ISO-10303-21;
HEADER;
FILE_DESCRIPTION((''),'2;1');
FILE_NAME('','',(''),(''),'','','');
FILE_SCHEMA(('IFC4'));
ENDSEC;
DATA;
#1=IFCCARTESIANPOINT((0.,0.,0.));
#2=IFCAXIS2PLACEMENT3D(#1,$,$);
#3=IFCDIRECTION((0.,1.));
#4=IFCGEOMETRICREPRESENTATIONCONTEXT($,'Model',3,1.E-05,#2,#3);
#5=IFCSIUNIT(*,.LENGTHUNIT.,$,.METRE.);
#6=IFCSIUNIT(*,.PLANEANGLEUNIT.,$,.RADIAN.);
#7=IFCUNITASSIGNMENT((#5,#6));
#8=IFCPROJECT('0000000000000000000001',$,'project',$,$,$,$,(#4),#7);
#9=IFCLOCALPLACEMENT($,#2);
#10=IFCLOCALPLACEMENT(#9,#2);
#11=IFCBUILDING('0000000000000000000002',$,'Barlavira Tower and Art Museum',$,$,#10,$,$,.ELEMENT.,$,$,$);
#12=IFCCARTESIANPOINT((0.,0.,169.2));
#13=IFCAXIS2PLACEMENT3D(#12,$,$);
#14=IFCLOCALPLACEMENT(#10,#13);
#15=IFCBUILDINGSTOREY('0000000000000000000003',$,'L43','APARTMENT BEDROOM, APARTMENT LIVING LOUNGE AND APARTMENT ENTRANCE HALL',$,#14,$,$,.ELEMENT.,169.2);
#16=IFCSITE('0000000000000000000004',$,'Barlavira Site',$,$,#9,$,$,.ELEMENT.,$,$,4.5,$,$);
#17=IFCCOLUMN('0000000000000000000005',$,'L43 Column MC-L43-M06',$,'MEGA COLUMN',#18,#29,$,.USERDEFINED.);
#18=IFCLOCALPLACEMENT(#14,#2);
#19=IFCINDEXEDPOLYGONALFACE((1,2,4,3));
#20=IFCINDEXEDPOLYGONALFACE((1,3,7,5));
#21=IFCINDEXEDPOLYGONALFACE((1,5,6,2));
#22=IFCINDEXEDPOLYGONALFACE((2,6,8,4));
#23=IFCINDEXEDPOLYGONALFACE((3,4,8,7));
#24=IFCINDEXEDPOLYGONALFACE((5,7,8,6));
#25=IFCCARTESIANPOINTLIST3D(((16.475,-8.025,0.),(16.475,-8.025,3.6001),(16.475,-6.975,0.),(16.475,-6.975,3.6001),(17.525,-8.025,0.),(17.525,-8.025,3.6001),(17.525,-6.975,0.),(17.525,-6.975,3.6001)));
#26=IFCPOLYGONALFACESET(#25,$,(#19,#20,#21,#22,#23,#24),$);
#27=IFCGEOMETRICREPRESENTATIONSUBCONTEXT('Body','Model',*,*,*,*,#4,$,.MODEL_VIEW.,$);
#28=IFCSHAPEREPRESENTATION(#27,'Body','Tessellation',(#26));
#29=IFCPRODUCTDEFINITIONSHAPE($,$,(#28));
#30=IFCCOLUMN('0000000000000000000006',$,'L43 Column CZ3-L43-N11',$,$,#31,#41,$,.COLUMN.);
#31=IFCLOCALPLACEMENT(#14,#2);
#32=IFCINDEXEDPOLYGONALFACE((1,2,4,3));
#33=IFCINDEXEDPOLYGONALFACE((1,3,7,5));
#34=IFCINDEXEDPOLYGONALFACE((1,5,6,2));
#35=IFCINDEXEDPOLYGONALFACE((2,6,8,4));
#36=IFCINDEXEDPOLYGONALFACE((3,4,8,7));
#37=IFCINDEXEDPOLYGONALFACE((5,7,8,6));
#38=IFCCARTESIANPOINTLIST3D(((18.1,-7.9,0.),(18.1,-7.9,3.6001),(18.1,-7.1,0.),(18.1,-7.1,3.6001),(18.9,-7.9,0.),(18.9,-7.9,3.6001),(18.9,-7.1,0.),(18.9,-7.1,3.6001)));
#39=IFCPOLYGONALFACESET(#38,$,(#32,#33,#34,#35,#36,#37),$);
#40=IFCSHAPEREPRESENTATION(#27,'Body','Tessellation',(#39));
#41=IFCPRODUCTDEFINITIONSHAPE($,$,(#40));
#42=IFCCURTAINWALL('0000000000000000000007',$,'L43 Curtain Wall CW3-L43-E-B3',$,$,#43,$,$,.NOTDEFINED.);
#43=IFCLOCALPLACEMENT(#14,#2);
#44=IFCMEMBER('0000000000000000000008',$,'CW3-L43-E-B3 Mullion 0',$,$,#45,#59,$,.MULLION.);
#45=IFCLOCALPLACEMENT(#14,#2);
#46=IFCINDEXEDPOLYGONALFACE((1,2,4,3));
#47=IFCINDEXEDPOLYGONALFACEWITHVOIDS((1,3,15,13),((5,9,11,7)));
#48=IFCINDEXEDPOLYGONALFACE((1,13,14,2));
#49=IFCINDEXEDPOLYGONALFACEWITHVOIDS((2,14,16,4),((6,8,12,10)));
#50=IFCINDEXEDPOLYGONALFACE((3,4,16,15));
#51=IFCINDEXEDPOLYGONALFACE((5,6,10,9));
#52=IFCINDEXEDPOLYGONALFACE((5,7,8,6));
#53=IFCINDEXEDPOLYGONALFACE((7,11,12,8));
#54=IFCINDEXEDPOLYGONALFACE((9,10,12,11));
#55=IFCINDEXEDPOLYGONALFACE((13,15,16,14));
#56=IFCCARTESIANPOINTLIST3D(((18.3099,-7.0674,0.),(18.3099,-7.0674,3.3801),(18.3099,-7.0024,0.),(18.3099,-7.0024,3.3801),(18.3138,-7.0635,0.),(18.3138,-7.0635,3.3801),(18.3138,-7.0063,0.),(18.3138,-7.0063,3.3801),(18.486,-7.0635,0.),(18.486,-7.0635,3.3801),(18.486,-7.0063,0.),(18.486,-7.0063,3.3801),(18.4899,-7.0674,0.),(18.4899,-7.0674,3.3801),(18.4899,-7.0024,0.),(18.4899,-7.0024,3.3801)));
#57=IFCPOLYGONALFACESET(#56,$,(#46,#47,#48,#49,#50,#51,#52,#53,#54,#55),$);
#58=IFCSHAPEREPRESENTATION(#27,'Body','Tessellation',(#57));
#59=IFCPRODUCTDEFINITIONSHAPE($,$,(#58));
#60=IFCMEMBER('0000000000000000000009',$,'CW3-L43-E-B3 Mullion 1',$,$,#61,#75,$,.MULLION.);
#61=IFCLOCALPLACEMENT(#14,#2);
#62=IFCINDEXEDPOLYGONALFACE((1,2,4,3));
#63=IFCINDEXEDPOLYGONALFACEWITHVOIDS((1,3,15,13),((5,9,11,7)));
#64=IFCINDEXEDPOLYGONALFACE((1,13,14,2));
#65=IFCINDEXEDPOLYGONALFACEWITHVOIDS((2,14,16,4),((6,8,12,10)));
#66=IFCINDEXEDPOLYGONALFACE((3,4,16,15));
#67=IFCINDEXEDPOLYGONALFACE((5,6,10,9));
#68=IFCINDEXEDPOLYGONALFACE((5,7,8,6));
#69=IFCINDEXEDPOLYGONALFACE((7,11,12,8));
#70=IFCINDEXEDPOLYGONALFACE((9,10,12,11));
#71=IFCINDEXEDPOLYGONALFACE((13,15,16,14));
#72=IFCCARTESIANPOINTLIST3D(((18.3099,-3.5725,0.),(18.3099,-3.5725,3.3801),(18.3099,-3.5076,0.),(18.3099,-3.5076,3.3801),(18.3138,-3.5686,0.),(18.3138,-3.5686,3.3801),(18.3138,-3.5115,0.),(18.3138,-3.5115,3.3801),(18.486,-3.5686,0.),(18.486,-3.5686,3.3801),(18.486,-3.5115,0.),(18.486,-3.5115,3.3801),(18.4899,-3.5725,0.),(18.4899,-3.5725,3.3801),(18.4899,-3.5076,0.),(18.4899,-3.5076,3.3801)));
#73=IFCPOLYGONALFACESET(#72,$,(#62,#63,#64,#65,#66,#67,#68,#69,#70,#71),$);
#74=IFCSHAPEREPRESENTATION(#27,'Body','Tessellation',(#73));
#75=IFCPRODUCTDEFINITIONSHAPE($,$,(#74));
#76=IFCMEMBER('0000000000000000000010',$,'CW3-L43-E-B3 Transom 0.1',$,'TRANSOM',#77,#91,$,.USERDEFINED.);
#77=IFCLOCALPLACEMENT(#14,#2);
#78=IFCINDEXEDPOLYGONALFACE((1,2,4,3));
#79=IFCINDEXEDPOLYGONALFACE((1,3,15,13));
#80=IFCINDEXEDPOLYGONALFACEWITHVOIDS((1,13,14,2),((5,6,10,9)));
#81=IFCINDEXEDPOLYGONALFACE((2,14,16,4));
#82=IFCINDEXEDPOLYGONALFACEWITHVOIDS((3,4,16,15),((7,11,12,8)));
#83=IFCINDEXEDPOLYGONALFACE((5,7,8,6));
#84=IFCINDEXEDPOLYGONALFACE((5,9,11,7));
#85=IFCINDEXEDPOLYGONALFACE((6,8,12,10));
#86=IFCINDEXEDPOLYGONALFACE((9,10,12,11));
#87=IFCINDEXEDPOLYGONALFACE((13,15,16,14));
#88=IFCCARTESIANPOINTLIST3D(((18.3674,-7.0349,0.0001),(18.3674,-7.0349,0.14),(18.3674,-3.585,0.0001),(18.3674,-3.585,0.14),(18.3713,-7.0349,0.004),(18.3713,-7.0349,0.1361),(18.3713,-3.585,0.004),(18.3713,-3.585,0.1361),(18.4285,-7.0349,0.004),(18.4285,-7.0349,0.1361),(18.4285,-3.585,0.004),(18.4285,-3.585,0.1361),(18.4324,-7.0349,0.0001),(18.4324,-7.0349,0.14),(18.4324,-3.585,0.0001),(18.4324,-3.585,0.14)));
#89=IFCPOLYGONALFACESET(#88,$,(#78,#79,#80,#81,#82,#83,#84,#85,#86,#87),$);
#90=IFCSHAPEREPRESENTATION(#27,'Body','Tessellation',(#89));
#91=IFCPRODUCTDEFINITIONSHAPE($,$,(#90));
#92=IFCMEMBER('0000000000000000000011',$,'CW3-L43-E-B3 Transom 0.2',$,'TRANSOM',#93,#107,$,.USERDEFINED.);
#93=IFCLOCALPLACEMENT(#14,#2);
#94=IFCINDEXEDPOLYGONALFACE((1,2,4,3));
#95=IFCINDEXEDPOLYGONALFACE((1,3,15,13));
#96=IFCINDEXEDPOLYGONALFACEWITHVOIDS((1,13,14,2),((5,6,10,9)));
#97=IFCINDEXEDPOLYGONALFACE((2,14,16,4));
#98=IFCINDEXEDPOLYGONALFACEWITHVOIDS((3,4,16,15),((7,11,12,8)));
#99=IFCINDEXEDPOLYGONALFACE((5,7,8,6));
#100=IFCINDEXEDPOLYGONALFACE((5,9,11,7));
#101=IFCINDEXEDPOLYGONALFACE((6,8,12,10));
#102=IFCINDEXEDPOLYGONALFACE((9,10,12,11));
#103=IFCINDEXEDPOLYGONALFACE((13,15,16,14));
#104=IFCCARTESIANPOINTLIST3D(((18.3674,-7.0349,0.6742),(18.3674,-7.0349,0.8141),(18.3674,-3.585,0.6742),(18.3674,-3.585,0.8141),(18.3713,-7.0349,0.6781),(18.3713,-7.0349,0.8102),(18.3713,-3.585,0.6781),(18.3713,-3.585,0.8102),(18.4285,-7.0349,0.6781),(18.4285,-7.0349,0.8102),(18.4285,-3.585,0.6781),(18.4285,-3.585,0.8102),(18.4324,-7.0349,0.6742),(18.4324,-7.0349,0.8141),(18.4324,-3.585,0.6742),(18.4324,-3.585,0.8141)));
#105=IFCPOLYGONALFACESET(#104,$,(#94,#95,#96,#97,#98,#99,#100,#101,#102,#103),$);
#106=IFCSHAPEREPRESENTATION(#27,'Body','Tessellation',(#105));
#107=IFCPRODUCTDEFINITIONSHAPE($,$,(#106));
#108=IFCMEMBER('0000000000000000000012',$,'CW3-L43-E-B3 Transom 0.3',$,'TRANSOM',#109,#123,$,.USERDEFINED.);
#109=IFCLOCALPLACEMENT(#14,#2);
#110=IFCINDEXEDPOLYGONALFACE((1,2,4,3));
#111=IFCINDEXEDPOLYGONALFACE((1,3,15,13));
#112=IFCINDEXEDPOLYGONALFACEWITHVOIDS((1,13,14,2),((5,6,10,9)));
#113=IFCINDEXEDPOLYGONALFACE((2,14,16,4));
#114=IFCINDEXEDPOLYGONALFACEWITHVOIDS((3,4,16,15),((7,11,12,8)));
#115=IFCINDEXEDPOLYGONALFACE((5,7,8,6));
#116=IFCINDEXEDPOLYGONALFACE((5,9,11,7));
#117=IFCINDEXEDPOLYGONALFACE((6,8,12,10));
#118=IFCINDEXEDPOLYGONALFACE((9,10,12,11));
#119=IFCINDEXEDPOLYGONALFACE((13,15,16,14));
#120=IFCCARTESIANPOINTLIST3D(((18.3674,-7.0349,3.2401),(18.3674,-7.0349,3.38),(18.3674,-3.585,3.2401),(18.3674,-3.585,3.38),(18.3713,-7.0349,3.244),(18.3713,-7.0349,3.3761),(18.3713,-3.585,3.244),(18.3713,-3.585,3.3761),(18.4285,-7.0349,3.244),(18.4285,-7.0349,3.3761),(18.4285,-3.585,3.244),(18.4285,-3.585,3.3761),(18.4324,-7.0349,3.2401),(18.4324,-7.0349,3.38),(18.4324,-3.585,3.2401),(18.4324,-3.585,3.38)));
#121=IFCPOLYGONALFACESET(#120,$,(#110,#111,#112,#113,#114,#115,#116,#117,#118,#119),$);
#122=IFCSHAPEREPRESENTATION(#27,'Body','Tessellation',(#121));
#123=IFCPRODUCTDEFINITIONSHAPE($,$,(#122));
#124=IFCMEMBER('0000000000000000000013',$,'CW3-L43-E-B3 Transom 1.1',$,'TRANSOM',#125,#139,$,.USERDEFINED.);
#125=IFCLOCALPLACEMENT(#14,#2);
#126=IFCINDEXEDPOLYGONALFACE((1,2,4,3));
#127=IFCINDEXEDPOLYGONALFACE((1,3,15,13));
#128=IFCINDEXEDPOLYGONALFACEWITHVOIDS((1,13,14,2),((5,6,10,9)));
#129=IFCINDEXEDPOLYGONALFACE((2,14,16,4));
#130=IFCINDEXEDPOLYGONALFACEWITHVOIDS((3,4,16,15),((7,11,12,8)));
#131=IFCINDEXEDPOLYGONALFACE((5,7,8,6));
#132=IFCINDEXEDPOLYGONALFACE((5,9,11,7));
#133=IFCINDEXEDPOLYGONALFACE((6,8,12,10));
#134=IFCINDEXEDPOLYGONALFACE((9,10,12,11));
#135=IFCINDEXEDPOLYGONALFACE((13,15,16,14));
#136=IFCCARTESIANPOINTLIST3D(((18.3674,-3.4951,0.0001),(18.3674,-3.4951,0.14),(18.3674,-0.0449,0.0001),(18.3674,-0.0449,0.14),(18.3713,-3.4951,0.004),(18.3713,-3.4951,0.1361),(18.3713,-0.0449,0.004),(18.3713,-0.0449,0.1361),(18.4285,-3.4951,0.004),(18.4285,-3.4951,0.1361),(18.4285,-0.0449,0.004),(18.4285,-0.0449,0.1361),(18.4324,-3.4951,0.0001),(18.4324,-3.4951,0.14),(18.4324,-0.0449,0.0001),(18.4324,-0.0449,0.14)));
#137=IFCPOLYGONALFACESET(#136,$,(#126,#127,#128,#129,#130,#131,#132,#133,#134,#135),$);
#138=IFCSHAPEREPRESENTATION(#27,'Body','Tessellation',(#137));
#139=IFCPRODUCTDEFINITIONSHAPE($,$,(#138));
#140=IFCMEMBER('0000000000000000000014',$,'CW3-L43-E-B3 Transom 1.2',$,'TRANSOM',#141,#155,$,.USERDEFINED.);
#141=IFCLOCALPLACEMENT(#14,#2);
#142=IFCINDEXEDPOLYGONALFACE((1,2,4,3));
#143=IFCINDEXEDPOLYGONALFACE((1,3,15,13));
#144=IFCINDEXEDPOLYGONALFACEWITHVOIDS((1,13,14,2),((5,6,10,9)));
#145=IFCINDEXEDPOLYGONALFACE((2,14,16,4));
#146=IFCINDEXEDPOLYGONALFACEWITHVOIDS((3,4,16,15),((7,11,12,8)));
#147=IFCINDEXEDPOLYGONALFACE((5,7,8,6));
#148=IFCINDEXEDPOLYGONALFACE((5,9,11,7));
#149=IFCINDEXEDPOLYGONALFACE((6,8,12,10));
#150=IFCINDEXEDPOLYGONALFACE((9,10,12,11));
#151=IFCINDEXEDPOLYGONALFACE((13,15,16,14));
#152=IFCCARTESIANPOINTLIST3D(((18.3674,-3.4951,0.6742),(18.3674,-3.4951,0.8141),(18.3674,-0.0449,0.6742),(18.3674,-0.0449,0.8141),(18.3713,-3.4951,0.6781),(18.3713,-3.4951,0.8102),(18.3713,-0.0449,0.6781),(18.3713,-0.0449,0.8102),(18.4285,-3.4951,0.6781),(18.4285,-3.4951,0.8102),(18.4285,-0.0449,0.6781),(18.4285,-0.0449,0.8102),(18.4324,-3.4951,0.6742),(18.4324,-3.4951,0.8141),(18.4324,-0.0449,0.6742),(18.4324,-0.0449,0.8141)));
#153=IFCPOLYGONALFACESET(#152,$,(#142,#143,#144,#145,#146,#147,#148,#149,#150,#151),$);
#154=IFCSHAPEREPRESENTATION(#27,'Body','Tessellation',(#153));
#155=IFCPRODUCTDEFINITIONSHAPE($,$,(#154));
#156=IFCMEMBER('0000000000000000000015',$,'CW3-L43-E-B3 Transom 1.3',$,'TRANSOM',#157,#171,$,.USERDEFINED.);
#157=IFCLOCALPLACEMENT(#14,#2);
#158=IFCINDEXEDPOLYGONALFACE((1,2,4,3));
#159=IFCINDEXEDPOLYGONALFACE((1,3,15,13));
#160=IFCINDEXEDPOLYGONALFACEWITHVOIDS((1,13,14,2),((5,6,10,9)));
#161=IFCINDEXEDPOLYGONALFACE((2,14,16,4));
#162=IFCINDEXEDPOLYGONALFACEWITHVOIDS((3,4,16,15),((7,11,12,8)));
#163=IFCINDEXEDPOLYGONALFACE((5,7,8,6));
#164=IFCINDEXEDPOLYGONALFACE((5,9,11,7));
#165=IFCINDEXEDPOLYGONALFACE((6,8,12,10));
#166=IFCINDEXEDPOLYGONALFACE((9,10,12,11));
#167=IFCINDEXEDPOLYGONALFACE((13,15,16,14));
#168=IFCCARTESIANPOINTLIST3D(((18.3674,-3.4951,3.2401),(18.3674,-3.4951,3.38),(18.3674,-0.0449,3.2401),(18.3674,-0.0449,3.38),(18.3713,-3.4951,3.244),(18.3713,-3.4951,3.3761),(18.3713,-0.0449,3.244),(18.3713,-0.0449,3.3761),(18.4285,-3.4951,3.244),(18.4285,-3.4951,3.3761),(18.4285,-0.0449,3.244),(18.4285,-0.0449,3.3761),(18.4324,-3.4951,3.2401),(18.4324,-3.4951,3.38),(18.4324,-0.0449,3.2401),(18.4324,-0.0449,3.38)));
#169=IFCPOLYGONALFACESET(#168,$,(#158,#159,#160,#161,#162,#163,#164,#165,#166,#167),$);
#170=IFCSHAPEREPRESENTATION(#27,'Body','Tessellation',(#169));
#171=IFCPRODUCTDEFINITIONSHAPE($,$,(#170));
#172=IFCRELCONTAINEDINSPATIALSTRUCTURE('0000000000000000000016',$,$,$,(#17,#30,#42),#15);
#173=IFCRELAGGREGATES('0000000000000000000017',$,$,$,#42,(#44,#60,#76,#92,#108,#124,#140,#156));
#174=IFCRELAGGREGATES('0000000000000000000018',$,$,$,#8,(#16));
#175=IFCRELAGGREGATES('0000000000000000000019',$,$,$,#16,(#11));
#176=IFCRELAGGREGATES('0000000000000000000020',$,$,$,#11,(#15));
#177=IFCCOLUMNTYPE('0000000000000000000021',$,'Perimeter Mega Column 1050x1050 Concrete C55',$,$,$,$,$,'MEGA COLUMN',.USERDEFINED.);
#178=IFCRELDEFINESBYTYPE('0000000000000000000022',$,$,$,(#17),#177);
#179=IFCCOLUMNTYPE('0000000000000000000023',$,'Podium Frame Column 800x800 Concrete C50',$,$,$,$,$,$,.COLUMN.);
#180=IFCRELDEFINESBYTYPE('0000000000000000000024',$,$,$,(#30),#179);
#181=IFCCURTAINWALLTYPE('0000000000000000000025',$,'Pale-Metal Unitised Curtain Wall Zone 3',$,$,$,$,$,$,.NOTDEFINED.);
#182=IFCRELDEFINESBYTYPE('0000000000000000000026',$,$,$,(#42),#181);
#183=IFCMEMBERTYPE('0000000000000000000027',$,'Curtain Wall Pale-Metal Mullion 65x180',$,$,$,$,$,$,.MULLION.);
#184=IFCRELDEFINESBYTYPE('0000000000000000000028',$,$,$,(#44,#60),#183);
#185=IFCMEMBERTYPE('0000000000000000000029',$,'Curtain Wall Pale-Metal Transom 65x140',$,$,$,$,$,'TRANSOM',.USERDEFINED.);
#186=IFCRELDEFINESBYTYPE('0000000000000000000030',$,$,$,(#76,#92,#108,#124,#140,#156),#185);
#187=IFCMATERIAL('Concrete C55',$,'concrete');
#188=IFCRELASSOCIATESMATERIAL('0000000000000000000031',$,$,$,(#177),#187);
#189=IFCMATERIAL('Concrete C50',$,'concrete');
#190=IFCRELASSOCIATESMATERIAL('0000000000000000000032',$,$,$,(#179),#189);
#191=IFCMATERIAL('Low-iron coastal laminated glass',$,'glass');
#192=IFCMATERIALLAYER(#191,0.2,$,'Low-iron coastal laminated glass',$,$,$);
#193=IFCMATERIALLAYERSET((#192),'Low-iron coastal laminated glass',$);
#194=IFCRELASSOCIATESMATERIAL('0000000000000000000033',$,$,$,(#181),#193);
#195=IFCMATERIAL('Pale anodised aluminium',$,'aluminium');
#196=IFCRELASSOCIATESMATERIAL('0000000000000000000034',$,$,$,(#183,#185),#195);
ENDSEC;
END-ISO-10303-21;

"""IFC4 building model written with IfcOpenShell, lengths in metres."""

from ifc_helpers import new_model, si_unit, direction, frame, origin, origin_2d, place, context, subcontext, project, spatial, rectangle, hollow_rectangle, extrude, material, layer, layer_set, material_profile, profile_set, type_object, element, aggregate, save


model = new_model("IFC4")

# Units and contexts
model_context = context("Model", 3, precision=1e-05, world=origin(), true_north=direction((0.0, 1.0)))
body_context = subcontext(model_context, "Body", "Model", "MODEL_VIEW")
ifc_project = project(units=[si_unit("LENGTHUNIT", "METRE"), si_unit("PLANEANGLEUNIT", "RADIAN")], contexts=[model_context])

# Site, building, storey
site_placement = place(None, origin())
site = spatial("IfcSite", under=ifc_project, at=site_placement, Name="Barlavira Site", CompositionType="ELEMENT", RefElevation=4.5)
building_placement = place(site_placement, origin())
building = spatial("IfcBuilding", under=site, at=building_placement, Name="Barlavira Tower and Art Museum", CompositionType="ELEMENT")
storey_placement = place(building_placement, frame((0.0, 0.0, 169.2)))
storey = spatial("IfcBuildingStorey", under=building, at=storey_placement, Name="L43", Description="APARTMENT BEDROOM, APARTMENT LIVING LOUNGE AND APARTMENT ENTRANCE HALL", CompositionType="ELEMENT", Elevation=169.2)

# Columns
ifc_material_1 = material(Name="Concrete C55", Category="concrete")
ifc_material_profile_1 = material_profile(ifc_material_1, rectangle(XDim=1.05, YDim=1.05, at=origin_2d()), Name="RC-COL 1050x1050")
ifc_profile_set_1 = profile_set([ifc_material_profile_1], Name="Concrete C55")
column_type_1 = type_object("IfcColumnType", Name="Perimeter Mega Column 1050x1050 Concrete C55", ElementType="MEGA COLUMN", PredefinedType="USERDEFINED", material=ifc_profile_set_1)
column_1_placement = place(storey_placement, frame((17.0, -7.5, 0.0), z_axis=(0.0, 0.0, 1.0), x_axis=(1.0, 0.0, 0.0)))
element("IfcColumn", 1, at=column_1_placement, inside=storey, type_object=column_type_1, Name="L43 Column MC-L43-M06", ObjectType="MEGA COLUMN", PredefinedType="USERDEFINED", context=body_context, shape_type="SweptSolid", body=[
    extrude(rectangle(XDim=1.05, YDim=1.05, at=origin_2d()), origin(), (0.0, 0.0, 1.0), 3.6001),
])
ifc_material_2 = material(Name="Concrete C50", Category="concrete")
ifc_material_profile_2 = material_profile(ifc_material_2, rectangle(XDim=0.8, YDim=0.8, at=origin_2d()), Name="RC-COL 800x800")
ifc_profile_set_2 = profile_set([ifc_material_profile_2], Name="Concrete C50")
column_type_2 = type_object("IfcColumnType", Name="Podium Frame Column 800x800 Concrete C50", PredefinedType="COLUMN", material=ifc_profile_set_2)
column_2_placement = place(storey_placement, frame((18.5, -7.5, 0.0), z_axis=(0.0, 0.0, 1.0), x_axis=(1.0, 0.0, 0.0)))
element("IfcColumn", 2, at=column_2_placement, inside=storey, type_object=column_type_2, Name="L43 Column CZ3-L43-N11", PredefinedType="COLUMN", context=body_context, shape_type="SweptSolid", body=[
    extrude(rectangle(XDim=0.8, YDim=0.8, at=origin_2d()), origin(), (0.0, 0.0, 1.0), 3.6001),
])

# Curtain wall, members
ifc_material_3 = material(Name="Low-iron coastal laminated glass", Category="glass")
ifc_layer_1 = layer(ifc_material_3, 0.2, Name="Low-iron coastal laminated glass")
ifc_layer_set_1 = layer_set([ifc_layer_1], Name="Low-iron coastal laminated glass")
curtain_wall_type = type_object("IfcCurtainWallType", Name="Pale-Metal Unitised Curtain Wall Zone 3", PredefinedType="NOTDEFINED", material=ifc_layer_set_1)
curtain_wall_placement = place(storey_placement, origin())
curtain_wall = element("IfcCurtainWall", 3, at=curtain_wall_placement, inside=storey, type_object=curtain_wall_type, Name="L43 Curtain Wall CW3-L43-E-B3", PredefinedType="NOTDEFINED")
ifc_material_4 = material(Name="Pale anodised aluminium", Category="aluminium")
ifc_material_profile_3 = material_profile(ifc_material_4, hollow_rectangle(XDim=0.0649, YDim=0.1799, WallThickness=0.0039, at=origin_2d()), Name="ALU-MULL 65x180x4")
ifc_profile_set_3 = profile_set([ifc_material_profile_3], Name="Pale anodised aluminium")
member_type_1 = type_object("IfcMemberType", Name="Curtain Wall Pale-Metal Mullion 65x180", PredefinedType="MULLION", material=ifc_profile_set_3)
member_1_placement = place(storey_placement, frame((18.3999, -7.0349, 0.0), z_axis=(0.0, 0.0, 1.0), x_axis=(0.0, 1.0, 0.0)))
member_1 = element("IfcMember", 4, at=member_1_placement, type_object=member_type_1, Name="CW3-L43-E-B3 Mullion 0", PredefinedType="MULLION", context=body_context, shape_type="SweptSolid", body=[
    extrude(hollow_rectangle(XDim=0.0649, YDim=0.1799, WallThickness=0.0039, at=origin_2d()), origin(), (0.0, 0.0, 1.0), 3.3801),
])
member_2_placement = place(storey_placement, frame((18.3999, -3.54, 0.0), z_axis=(0.0, 0.0, 1.0), x_axis=(0.0, 1.0, 0.0)))
member_2 = element("IfcMember", 5, at=member_2_placement, type_object=member_type_1, Name="CW3-L43-E-B3 Mullion 1", PredefinedType="MULLION", context=body_context, shape_type="SweptSolid", body=[
    extrude(hollow_rectangle(XDim=0.0649, YDim=0.1799, WallThickness=0.0039, at=origin_2d()), origin(), (0.0, 0.0, 1.0), 3.3801),
])
ifc_material_profile_4 = material_profile(ifc_material_4, hollow_rectangle(XDim=0.0649, YDim=0.1399, WallThickness=0.0039, at=origin_2d()), Name="ALU-TRAN 65x140x4")
ifc_profile_set_4 = profile_set([ifc_material_profile_4], Name="Pale anodised aluminium")
member_type_2 = type_object("IfcMemberType", Name="Curtain Wall Pale-Metal Transom 65x140", ElementType="TRANSOM", PredefinedType="USERDEFINED", material=ifc_profile_set_4)
member_3_placement = place(storey_placement, frame((18.3999, -7.0349, 0.0701), z_axis=(0.0, 1.0, 0.0), x_axis=(-1.0, 0.0, 0.0)))
member_3 = element("IfcMember", 6, at=member_3_placement, type_object=member_type_2, Name="CW3-L43-E-B3 Transom 0.1", ObjectType="TRANSOM", PredefinedType="USERDEFINED", context=body_context, shape_type="SweptSolid", body=[
    extrude(hollow_rectangle(XDim=0.0649, YDim=0.1399, WallThickness=0.0039, at=origin_2d()), origin(), (0.0, 0.0, 1.0), 3.45),
])
member_4_placement = place(storey_placement, frame((18.3999, -7.0349, 0.7441), z_axis=(0.0, 1.0, 0.0), x_axis=(-1.0, 0.0, 0.0)))
member_4 = element("IfcMember", 7, at=member_4_placement, type_object=member_type_2, Name="CW3-L43-E-B3 Transom 0.2", ObjectType="TRANSOM", PredefinedType="USERDEFINED", context=body_context, shape_type="SweptSolid", body=[
    extrude(hollow_rectangle(XDim=0.0649, YDim=0.1399, WallThickness=0.0039, at=origin_2d()), origin(), (0.0, 0.0, 1.0), 3.45),
])
member_5_placement = place(storey_placement, frame((18.3999, -7.0349, 3.3101), z_axis=(0.0, 1.0, 0.0), x_axis=(-1.0, 0.0, 0.0)))
member_5 = element("IfcMember", 8, at=member_5_placement, type_object=member_type_2, Name="CW3-L43-E-B3 Transom 0.3", ObjectType="TRANSOM", PredefinedType="USERDEFINED", context=body_context, shape_type="SweptSolid", body=[
    extrude(hollow_rectangle(XDim=0.0649, YDim=0.1399, WallThickness=0.0039, at=origin_2d()), origin(), (0.0, 0.0, 1.0), 3.45),
])
member_6_placement = place(storey_placement, frame((18.3999, -3.4951, 0.0701), z_axis=(0.0, 1.0, 0.0), x_axis=(-1.0, 0.0, 0.0)))
member_6 = element("IfcMember", 9, at=member_6_placement, type_object=member_type_2, Name="CW3-L43-E-B3 Transom 1.1", ObjectType="TRANSOM", PredefinedType="USERDEFINED", context=body_context, shape_type="SweptSolid", body=[
    extrude(hollow_rectangle(XDim=0.0649, YDim=0.1399, WallThickness=0.0039, at=origin_2d()), origin(), (0.0, 0.0, 1.0), 3.4502),
])
member_7_placement = place(storey_placement, frame((18.3999, -3.4951, 0.7441), z_axis=(0.0, 1.0, 0.0), x_axis=(-1.0, 0.0, 0.0)))
member_7 = element("IfcMember", 10, at=member_7_placement, type_object=member_type_2, Name="CW3-L43-E-B3 Transom 1.2", ObjectType="TRANSOM", PredefinedType="USERDEFINED", context=body_context, shape_type="SweptSolid", body=[
    extrude(hollow_rectangle(XDim=0.0649, YDim=0.1399, WallThickness=0.0039, at=origin_2d()), origin(), (0.0, 0.0, 1.0), 3.4502),
])
member_8_placement = place(storey_placement, frame((18.3999, -3.4951, 3.3101), z_axis=(0.0, 1.0, 0.0), x_axis=(-1.0, 0.0, 0.0)))
member_8 = element("IfcMember", 11, at=member_8_placement, type_object=member_type_2, Name="CW3-L43-E-B3 Transom 1.3", ObjectType="TRANSOM", PredefinedType="USERDEFINED", context=body_context, shape_type="SweptSolid", body=[
    extrude(hollow_rectangle(XDim=0.0649, YDim=0.1399, WallThickness=0.0039, at=origin_2d()), origin(), (0.0, 0.0, 1.0), 3.4502),
])

aggregate(curtain_wall, [member_1, member_2, member_3, member_4, member_5, member_6, member_7, member_8])

save(model, "model.ifc")
